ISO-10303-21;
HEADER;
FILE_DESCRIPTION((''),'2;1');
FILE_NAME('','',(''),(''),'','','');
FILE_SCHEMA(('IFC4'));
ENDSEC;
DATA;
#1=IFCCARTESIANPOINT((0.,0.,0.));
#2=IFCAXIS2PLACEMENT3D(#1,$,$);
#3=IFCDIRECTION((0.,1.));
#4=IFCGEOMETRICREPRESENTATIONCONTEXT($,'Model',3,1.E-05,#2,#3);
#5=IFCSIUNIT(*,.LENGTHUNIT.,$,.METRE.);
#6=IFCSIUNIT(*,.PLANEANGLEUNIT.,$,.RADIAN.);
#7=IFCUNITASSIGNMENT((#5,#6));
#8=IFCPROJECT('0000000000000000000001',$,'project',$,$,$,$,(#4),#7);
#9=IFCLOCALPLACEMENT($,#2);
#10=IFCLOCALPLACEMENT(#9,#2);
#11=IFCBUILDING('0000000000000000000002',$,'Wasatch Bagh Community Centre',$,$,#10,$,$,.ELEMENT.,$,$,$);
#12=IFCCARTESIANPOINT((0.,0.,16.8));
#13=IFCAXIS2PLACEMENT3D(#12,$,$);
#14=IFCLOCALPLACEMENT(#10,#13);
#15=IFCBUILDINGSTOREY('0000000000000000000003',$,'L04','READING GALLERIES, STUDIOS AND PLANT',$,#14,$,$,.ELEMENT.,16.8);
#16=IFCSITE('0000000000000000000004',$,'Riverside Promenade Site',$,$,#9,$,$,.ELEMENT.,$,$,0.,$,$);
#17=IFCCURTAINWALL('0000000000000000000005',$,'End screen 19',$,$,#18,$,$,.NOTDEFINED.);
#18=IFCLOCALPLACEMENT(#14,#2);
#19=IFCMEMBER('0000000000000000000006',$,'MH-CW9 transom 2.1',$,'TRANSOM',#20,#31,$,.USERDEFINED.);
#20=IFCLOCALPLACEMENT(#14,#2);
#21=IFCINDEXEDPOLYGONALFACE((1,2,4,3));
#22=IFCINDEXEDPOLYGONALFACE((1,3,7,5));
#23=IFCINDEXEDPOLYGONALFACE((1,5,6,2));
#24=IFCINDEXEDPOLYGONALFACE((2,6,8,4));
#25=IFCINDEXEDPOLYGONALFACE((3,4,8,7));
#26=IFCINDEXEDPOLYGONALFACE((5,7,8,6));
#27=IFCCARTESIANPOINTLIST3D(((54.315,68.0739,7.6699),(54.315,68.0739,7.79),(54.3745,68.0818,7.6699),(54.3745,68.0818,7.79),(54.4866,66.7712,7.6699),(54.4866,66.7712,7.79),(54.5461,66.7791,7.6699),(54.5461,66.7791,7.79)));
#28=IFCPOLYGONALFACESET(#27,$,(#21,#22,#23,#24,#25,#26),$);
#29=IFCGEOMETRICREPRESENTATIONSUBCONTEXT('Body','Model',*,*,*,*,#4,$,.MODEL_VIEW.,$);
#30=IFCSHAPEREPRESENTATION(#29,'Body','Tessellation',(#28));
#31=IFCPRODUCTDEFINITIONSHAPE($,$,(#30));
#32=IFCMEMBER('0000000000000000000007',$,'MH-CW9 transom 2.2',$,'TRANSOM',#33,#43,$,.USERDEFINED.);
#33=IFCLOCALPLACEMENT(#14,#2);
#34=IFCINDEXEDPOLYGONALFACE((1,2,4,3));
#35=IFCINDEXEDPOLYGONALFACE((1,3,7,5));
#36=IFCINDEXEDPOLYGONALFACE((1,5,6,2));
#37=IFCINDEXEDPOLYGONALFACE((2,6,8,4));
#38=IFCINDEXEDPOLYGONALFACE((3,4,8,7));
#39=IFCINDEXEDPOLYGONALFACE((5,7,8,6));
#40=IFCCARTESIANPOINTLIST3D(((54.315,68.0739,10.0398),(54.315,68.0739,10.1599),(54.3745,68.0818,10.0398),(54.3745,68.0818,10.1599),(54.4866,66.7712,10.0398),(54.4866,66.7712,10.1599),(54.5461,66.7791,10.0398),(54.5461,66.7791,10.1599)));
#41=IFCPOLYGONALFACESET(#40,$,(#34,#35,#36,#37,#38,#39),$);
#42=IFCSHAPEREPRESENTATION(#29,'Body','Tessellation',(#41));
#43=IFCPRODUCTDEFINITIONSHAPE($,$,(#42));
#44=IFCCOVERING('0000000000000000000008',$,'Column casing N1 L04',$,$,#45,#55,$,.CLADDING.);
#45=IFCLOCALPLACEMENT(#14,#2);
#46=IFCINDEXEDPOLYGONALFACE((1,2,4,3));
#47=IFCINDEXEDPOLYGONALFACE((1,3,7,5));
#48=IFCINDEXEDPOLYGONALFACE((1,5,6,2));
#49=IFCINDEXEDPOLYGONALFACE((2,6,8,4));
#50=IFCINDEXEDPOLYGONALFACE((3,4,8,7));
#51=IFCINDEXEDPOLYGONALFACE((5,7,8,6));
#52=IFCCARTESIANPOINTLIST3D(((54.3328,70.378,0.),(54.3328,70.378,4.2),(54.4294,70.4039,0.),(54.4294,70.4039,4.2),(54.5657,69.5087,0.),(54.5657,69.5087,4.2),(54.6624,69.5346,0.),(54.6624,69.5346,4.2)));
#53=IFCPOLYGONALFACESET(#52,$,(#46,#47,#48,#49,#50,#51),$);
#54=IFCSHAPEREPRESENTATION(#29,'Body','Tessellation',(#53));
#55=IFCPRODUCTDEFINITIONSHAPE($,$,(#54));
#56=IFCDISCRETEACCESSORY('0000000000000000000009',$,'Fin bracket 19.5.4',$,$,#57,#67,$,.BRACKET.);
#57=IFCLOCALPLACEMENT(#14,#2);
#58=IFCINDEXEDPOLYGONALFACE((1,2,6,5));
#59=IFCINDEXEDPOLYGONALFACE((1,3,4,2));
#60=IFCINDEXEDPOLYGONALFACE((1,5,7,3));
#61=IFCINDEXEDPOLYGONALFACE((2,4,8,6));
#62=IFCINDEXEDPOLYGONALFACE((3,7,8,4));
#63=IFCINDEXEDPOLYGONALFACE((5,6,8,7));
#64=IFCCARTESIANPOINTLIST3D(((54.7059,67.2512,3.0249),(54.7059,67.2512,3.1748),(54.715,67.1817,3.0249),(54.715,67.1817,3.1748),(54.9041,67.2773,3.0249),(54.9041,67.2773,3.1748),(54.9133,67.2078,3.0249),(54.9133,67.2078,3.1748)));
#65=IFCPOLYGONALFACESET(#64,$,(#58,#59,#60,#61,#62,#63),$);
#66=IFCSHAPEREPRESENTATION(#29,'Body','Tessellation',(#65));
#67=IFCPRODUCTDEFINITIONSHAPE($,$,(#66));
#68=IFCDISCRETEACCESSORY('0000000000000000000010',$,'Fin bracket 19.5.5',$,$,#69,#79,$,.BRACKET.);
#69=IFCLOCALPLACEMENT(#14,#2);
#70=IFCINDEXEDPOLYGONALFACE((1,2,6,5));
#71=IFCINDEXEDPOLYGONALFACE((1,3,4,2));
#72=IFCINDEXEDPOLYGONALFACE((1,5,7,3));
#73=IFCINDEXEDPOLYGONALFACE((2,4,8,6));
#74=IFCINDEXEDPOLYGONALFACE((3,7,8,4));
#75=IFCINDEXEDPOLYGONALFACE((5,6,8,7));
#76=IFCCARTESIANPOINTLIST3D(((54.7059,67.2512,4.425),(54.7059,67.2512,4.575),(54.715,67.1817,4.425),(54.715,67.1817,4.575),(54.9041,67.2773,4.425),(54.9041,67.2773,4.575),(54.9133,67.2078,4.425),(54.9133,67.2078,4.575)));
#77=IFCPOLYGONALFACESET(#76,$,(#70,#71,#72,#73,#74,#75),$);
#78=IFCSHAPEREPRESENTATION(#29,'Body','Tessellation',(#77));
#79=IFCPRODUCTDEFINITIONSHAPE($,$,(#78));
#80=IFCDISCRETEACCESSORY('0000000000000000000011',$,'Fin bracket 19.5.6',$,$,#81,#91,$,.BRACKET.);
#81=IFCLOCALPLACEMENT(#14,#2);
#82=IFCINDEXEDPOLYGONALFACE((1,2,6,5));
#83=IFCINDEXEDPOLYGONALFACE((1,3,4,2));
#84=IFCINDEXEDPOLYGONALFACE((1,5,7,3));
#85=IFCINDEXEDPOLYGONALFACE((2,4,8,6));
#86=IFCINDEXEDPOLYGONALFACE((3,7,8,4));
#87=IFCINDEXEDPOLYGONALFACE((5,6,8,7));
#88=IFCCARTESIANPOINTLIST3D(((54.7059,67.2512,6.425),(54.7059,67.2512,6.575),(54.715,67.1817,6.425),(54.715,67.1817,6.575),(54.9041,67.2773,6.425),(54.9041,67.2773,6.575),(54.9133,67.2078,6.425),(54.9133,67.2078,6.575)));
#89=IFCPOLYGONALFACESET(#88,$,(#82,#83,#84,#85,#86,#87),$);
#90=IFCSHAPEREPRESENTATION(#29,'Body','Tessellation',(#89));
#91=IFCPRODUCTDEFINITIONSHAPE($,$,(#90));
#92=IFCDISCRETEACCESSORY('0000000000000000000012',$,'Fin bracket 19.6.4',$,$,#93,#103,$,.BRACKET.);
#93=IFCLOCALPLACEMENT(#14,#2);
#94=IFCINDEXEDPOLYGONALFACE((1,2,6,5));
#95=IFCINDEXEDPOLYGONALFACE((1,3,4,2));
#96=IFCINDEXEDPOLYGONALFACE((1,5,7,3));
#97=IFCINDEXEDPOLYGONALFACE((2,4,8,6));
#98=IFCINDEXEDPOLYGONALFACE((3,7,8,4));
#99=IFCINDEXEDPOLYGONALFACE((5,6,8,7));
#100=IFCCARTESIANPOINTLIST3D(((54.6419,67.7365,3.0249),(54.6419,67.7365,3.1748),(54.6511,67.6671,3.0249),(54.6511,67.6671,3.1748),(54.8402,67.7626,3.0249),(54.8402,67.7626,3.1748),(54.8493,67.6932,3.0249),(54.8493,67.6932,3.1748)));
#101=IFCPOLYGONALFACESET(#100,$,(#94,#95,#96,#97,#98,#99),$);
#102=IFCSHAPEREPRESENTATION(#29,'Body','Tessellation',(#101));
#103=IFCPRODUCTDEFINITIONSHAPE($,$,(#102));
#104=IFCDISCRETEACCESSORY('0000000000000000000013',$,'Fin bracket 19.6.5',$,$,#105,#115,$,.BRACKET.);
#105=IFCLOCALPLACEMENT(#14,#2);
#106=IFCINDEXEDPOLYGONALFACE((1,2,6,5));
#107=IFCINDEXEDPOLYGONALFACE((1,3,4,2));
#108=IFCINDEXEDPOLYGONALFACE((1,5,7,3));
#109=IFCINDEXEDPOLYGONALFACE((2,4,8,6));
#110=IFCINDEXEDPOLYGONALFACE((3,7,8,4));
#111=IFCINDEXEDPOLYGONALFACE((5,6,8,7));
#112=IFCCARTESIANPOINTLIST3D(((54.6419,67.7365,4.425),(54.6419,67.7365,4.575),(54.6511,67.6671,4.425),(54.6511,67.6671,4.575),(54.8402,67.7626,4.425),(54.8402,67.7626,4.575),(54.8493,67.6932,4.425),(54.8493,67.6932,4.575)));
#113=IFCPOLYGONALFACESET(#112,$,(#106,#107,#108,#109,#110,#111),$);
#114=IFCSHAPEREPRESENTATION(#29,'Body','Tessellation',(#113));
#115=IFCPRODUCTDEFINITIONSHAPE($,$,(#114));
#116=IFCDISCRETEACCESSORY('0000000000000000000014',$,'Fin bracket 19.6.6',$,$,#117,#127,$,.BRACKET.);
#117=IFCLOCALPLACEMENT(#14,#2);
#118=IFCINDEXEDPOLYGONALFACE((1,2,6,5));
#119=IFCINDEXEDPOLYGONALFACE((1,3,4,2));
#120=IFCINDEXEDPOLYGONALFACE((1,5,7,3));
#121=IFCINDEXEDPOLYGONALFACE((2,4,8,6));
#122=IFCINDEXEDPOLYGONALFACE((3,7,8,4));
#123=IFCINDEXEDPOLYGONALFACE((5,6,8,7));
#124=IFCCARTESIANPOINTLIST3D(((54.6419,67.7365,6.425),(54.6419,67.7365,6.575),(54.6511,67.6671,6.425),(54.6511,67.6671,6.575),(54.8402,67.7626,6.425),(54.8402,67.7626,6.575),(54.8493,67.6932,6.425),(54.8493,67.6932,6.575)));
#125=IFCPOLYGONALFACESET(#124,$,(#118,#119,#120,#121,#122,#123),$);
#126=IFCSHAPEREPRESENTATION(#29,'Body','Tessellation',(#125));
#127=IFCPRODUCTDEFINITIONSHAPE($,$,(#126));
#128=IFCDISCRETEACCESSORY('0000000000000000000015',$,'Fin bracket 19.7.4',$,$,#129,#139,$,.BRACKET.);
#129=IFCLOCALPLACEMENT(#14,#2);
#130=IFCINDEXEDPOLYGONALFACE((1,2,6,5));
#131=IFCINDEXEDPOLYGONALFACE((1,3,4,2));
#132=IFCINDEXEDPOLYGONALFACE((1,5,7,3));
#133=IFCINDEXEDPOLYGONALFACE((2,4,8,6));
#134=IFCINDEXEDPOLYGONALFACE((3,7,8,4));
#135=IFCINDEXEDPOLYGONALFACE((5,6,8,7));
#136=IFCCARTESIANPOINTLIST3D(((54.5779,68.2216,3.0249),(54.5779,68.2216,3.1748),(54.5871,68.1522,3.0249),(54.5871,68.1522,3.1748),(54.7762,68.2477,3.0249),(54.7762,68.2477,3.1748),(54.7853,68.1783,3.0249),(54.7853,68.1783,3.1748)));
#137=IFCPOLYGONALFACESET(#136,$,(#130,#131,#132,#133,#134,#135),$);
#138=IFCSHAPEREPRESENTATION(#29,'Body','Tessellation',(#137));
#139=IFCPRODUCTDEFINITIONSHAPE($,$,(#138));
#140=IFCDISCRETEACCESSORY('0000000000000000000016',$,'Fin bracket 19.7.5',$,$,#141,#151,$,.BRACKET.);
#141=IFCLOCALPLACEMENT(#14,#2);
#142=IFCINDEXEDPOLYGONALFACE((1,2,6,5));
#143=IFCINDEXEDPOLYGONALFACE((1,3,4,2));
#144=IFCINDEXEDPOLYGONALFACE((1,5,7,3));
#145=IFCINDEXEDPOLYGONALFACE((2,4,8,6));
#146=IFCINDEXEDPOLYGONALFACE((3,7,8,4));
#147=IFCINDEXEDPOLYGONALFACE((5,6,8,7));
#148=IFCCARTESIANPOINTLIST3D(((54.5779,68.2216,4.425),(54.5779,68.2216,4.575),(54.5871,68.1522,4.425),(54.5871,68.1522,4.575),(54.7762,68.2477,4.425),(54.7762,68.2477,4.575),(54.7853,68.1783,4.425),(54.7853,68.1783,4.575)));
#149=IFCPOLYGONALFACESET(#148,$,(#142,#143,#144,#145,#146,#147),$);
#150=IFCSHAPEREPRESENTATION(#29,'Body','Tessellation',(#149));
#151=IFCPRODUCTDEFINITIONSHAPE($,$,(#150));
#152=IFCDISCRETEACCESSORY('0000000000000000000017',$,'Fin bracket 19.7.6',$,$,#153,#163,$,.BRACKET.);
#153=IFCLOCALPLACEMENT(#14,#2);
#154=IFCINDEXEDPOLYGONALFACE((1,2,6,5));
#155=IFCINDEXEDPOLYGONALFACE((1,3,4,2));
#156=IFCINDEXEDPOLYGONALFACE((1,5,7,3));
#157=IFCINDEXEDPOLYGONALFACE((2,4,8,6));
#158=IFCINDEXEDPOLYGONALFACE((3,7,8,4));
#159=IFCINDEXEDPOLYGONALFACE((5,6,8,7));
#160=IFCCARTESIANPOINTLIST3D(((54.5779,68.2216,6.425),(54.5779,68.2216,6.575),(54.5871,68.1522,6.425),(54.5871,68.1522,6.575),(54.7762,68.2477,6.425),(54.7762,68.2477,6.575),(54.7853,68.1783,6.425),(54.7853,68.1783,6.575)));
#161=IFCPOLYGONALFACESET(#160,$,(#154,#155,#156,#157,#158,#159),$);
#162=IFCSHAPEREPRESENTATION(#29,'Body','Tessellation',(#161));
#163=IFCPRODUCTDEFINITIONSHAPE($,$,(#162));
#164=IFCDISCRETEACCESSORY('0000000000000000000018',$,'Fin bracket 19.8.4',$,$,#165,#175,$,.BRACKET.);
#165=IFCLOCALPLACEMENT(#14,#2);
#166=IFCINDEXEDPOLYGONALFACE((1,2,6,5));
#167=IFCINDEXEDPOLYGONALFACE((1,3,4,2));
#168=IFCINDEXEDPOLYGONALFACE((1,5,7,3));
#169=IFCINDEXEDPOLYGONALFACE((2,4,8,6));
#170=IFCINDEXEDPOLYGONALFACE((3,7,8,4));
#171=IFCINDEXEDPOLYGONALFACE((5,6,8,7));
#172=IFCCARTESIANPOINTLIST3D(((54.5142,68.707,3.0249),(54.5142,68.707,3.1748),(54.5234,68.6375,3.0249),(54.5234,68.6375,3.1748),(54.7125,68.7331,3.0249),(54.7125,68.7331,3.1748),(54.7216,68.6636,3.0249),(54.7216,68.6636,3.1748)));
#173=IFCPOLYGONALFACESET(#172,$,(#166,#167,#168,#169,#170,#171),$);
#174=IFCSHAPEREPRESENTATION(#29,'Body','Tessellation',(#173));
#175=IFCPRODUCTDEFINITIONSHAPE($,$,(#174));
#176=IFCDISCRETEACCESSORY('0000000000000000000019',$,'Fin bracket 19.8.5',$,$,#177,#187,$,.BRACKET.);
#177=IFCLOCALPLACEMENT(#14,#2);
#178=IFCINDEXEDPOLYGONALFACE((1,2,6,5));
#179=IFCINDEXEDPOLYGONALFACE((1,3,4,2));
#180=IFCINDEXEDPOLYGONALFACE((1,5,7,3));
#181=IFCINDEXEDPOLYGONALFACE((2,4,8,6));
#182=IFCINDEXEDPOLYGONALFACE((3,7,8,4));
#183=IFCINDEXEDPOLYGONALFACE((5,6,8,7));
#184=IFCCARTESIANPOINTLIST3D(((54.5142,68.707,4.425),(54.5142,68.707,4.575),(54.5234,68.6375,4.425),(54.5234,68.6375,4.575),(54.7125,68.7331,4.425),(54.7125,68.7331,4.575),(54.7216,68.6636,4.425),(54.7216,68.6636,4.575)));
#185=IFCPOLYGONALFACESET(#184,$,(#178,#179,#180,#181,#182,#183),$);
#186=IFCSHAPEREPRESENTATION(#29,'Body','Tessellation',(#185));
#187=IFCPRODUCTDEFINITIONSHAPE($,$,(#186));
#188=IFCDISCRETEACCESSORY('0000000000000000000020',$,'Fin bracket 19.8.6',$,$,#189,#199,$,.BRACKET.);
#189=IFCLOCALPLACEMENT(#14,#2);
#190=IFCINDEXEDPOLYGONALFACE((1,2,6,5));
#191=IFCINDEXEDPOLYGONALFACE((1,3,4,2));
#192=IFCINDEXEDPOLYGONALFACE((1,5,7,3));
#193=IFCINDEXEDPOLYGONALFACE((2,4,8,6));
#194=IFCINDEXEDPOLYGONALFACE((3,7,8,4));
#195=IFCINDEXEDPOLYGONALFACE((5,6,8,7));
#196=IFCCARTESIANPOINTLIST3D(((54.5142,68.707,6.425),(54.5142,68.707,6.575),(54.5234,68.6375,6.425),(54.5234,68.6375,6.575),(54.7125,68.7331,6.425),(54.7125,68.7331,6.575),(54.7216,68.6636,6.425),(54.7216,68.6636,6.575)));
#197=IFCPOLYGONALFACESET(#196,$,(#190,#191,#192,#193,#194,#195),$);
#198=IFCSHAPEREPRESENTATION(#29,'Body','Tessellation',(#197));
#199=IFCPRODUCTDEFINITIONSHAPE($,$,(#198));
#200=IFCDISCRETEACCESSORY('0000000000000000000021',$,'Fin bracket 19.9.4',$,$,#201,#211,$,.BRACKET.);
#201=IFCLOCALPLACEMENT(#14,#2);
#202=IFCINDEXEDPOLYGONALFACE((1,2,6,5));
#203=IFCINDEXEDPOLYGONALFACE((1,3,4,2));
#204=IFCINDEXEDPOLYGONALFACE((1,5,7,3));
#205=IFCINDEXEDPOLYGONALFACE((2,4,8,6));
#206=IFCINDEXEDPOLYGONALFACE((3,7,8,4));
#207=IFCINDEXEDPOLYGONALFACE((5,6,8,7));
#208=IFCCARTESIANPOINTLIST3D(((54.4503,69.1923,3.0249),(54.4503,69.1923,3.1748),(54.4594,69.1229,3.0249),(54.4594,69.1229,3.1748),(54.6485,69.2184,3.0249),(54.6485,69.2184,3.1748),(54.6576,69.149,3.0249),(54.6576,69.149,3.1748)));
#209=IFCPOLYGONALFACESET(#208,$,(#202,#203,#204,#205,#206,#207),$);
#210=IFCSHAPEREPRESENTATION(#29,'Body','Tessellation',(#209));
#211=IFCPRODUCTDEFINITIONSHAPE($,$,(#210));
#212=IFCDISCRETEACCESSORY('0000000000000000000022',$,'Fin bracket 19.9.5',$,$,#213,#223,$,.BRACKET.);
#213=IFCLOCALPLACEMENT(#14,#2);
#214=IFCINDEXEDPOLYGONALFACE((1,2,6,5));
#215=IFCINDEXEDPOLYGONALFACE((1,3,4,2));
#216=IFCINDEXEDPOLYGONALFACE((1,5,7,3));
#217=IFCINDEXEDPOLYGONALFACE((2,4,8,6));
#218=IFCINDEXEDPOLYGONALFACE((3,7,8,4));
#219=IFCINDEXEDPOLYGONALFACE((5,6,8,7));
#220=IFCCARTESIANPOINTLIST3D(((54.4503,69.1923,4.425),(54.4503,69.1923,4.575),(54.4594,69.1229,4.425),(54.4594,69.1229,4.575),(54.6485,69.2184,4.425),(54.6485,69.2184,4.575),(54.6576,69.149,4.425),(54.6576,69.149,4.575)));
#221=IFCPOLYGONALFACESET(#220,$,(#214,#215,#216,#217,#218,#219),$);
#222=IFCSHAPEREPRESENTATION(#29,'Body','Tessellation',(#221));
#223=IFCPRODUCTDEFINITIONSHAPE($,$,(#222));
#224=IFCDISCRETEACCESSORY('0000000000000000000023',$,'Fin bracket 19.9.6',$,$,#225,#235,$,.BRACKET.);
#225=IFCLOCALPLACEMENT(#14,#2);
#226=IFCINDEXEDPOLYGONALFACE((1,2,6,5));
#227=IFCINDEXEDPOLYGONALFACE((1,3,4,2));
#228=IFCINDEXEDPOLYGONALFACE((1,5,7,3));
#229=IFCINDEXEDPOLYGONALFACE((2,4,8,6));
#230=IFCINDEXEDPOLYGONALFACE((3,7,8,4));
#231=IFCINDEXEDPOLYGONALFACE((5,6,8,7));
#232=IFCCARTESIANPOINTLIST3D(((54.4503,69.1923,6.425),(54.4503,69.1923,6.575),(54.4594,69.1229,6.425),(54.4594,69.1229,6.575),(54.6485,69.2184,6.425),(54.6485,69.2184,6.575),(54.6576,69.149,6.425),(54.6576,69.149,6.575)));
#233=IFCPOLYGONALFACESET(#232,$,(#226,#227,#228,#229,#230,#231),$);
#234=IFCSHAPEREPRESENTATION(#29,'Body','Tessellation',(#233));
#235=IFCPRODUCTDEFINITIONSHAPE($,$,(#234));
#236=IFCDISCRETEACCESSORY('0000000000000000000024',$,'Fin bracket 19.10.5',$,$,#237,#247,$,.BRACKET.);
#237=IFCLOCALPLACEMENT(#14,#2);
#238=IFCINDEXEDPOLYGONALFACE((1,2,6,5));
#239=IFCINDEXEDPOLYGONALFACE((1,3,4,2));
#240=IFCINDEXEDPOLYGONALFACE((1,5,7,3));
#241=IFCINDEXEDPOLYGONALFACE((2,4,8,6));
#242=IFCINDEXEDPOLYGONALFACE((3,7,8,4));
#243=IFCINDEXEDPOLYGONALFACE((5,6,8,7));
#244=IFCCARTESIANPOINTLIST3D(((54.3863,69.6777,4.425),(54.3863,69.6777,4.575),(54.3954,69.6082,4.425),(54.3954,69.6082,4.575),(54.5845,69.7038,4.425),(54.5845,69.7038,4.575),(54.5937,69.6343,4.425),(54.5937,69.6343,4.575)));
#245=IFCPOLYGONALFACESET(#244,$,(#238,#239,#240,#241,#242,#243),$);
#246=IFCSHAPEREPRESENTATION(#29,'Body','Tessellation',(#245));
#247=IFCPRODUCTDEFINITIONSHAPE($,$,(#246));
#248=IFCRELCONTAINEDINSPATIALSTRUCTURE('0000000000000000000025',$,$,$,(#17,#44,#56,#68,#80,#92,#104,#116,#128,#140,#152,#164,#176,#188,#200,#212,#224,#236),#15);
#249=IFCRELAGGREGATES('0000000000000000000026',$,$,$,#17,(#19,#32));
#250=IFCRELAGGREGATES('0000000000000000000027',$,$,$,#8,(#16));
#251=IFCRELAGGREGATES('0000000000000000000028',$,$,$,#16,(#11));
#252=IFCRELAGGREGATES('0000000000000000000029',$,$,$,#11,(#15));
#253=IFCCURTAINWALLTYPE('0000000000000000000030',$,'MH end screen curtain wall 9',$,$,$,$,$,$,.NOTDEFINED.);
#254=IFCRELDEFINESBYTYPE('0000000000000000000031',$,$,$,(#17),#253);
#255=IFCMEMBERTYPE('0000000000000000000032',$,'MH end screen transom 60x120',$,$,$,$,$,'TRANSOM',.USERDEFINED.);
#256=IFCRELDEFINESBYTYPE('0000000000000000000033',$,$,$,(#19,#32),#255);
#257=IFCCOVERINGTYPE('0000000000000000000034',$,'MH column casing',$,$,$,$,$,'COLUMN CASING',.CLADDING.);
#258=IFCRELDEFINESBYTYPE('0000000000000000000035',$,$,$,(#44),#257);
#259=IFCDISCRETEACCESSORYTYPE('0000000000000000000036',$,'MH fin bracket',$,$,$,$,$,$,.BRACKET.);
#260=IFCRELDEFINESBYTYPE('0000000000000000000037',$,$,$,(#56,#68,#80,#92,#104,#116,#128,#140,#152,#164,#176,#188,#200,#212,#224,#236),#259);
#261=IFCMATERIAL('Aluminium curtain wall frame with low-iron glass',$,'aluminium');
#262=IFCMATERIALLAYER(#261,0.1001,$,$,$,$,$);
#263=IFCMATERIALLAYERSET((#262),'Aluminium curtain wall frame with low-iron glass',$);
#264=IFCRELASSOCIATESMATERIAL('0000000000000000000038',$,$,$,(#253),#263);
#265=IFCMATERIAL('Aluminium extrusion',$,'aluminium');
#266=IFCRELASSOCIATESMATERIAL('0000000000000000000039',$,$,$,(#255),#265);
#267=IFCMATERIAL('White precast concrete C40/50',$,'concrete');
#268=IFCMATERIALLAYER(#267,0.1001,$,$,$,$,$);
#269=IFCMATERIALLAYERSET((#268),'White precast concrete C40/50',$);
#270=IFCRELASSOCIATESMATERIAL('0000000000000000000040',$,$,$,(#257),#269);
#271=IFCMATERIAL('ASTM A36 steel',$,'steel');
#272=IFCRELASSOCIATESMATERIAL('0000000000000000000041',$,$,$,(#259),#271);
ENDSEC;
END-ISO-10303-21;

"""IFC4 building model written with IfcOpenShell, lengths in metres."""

from ifc_helpers import new_model, si_unit, direction, frame, origin, origin_2d, place, context, subcontext, project, spatial, rectangle, extrude, material, layer, layer_set, material_profile, profile_set, type_object, element, aggregate, save


model = new_model("IFC4")

# Units and contexts
model_context = context("Model", 3, precision=1e-05, world=origin(), true_north=direction((0.0, 1.0)))
body_context = subcontext(model_context, "Body", "Model", "MODEL_VIEW")
ifc_project = project(units=[si_unit("LENGTHUNIT", "METRE"), si_unit("PLANEANGLEUNIT", "RADIAN")], contexts=[model_context])

# Site, building, storey
site_placement = place(None, origin())
site = spatial("IfcSite", under=ifc_project, at=site_placement, Name="Riverside Promenade Site", CompositionType="ELEMENT", RefElevation=0.0)
building_placement = place(site_placement, origin())
building = spatial("IfcBuilding", under=site, at=building_placement, Name="Wasatch Bagh Community Centre", CompositionType="ELEMENT")
storey_placement = place(building_placement, frame((0.0, 0.0, 16.8)))
storey = spatial("IfcBuildingStorey", under=building, at=storey_placement, Name="L04", Description="READING GALLERIES, STUDIOS AND PLANT", CompositionType="ELEMENT", Elevation=16.8)

# Curtain wall, members
ifc_material_1 = material(Name="Aluminium curtain wall frame with low-iron glass", Category="aluminium")
ifc_layer_1 = layer(ifc_material_1, 0.1001)
ifc_layer_set_1 = layer_set([ifc_layer_1], Name="Aluminium curtain wall frame with low-iron glass")
curtain_wall_type = type_object("IfcCurtainWallType", Name="MH end screen curtain wall 9", PredefinedType="NOTDEFINED", material=ifc_layer_set_1)
curtain_wall_placement = place(storey_placement, origin())
curtain_wall = element("IfcCurtainWall", 1, at=curtain_wall_placement, inside=storey, type_object=curtain_wall_type, Name="End screen 19", PredefinedType="NOTDEFINED")
ifc_material_2 = material(Name="Aluminium extrusion", Category="aluminium")
ifc_material_profile = material_profile(ifc_material_2, rectangle(XDim=0.0601, YDim=0.1201, at=origin_2d()), Name="AL 60x120")
ifc_profile_set = profile_set([ifc_material_profile], Name="Aluminium extrusion")
member_type = type_object("IfcMemberType", Name="MH end screen transom 60x120", ElementType="TRANSOM", PredefinedType="USERDEFINED", material=ifc_profile_set)
member_1_placement = place(storey_placement, frame((54.5164, 66.7751, 7.73), z_axis=(-0.130618, 0.991433, 0.0), x_axis=(-0.991433, -0.130618, 0.0)))
member_1 = element("IfcMember", 2, at=member_1_placement, type_object=member_type, Name="MH-CW9 transom 2.1", ObjectType="TRANSOM", PredefinedType="USERDEFINED", context=body_context, shape_type="SweptSolid", body=[
    extrude(rectangle(XDim=0.0601, YDim=0.1201, at=origin_2d()), origin(), (0.0, 0.0, 1.0), 1.314),
])
member_2_placement = place(storey_placement, frame((54.5164, 66.7751, 10.0999), z_axis=(-0.130618, 0.991433, 0.0), x_axis=(-0.991433, -0.130618, 0.0)))
member_2 = element("IfcMember", 3, at=member_2_placement, type_object=member_type, Name="MH-CW9 transom 2.2", ObjectType="TRANSOM", PredefinedType="USERDEFINED", context=body_context, shape_type="SweptSolid", body=[
    extrude(rectangle(XDim=0.0601, YDim=0.1201, at=origin_2d()), origin(), (0.0, 0.0, 1.0), 1.314),
])
aggregate(curtain_wall, [member_1, member_2])

# Covering
ifc_material_3 = material(Name="White precast concrete C40/50", Category="concrete")
ifc_layer_2 = layer(ifc_material_3, 0.1001)
ifc_layer_set_2 = layer_set([ifc_layer_2], Name="White precast concrete C40/50")
covering_type = type_object("IfcCoveringType", Name="MH column casing", ElementType="COLUMN CASING", PredefinedType="CLADDING", material=ifc_layer_set_2)
covering_placement = place(storey_placement, frame((54.4976, 69.9563, 0.0), z_axis=(0.0, 0.0, 1.0), x_axis=(-0.258819, 0.965926, 0.0)))
element("IfcCovering", 4, at=covering_placement, inside=storey, type_object=covering_type, Name="Column casing N1 L04", PredefinedType="CLADDING", context=body_context, shape_type="SweptSolid", body=[
    extrude(rectangle(XDim=0.8999, YDim=0.1001, at=origin_2d()), origin(), (0.0, 0.0, 1.0), 4.2),
])

# Discrete accessories
ifc_material_4 = material(Name="ASTM A36 steel", Category="steel")
discrete_accessory_type_1 = type_object("IfcDiscreteAccessoryType", Name="MH fin bracket", PredefinedType="BRACKET", material=ifc_material_4)
for number, where, z_axis, x_axis, name in (
    (5, (54.8096, 67.2295, 3.0249), (0.0, 0.0, 1.0), (-0.130526, 0.991445, 0.0), "Fin bracket 19.5.4"),
    (6, (54.8096, 67.2295, 4.425), (0.0, 0.0, 1.0), (-0.130526, 0.991445, 0.0), "Fin bracket 19.5.5"),
    (7, (54.8096, 67.2295, 6.425), (0.0, 0.0, 1.0), (-0.130526, 0.991445, 0.0), "Fin bracket 19.5.6"),
    (8, (54.7456, 67.7148, 3.0249), (0.0, 0.0, 1.0), (-0.130526, 0.991445, 0.0), "Fin bracket 19.6.4"),
    (9, (54.7456, 67.7148, 4.425), (0.0, 0.0, 1.0), (-0.130526, 0.991445, 0.0), "Fin bracket 19.6.5"),
    (10, (54.7456, 67.7148, 6.425), (0.0, 0.0, 1.0), (-0.130526, 0.991445, 0.0), "Fin bracket 19.6.6"),
    (11, (54.6816, 68.2, 3.0249), (0.0, 0.0, 1.0), (-0.130526, 0.991445, 0.0), "Fin bracket 19.7.4"),
    (12, (54.6816, 68.2, 4.425), (0.0, 0.0, 1.0), (-0.130526, 0.991445, 0.0), "Fin bracket 19.7.5"),
    (13, (54.6816, 68.2, 6.425), (0.0, 0.0, 1.0), (-0.130526, 0.991445, 0.0), "Fin bracket 19.7.6"),
    (14, (54.6179, 68.6853, 3.0249), (0.0, 0.0, 1.0), (-0.130526, 0.991445, 0.0), "Fin bracket 19.8.4"),
    (15, (54.6179, 68.6853, 4.425), (0.0, 0.0, 1.0), (-0.130526, 0.991445, 0.0), "Fin bracket 19.8.5"),
    (16, (54.6179, 68.6853, 6.425), (0.0, 0.0, 1.0), (-0.130526, 0.991445, 0.0), "Fin bracket 19.8.6"),
    (17, (54.554, 69.1707, 3.0249), (0.0, 0.0, 1.0), (-0.130526, 0.991445, 0.0), "Fin bracket 19.9.4"),
    (18, (54.554, 69.1707, 4.425), (0.0, 0.0, 1.0), (-0.130526, 0.991445, 0.0), "Fin bracket 19.9.5"),
    (19, (54.554, 69.1707, 6.425), (0.0, 0.0, 1.0), (-0.130526, 0.991445, 0.0), "Fin bracket 19.9.6"),
    (20, (54.49, 69.656, 4.425), (0.0, 0.0, 1.0), (-0.130526, 0.991445, 0.0), "Fin bracket 19.10.5"),
):
    element("IfcDiscreteAccessory", number, at=place(storey_placement, frame(where, z_axis=z_axis, x_axis=x_axis)), inside=storey, type_object=discrete_accessory_type_1, Name=name, PredefinedType="BRACKET", context=body_context, shape_type="SweptSolid", body=[
        extrude(rectangle(XDim=0.0701, YDim=0.2, at=origin_2d()), origin(), (0.0, 0.0, 1.0), 0.1499),
    ])

save(model, "model.ifc")
